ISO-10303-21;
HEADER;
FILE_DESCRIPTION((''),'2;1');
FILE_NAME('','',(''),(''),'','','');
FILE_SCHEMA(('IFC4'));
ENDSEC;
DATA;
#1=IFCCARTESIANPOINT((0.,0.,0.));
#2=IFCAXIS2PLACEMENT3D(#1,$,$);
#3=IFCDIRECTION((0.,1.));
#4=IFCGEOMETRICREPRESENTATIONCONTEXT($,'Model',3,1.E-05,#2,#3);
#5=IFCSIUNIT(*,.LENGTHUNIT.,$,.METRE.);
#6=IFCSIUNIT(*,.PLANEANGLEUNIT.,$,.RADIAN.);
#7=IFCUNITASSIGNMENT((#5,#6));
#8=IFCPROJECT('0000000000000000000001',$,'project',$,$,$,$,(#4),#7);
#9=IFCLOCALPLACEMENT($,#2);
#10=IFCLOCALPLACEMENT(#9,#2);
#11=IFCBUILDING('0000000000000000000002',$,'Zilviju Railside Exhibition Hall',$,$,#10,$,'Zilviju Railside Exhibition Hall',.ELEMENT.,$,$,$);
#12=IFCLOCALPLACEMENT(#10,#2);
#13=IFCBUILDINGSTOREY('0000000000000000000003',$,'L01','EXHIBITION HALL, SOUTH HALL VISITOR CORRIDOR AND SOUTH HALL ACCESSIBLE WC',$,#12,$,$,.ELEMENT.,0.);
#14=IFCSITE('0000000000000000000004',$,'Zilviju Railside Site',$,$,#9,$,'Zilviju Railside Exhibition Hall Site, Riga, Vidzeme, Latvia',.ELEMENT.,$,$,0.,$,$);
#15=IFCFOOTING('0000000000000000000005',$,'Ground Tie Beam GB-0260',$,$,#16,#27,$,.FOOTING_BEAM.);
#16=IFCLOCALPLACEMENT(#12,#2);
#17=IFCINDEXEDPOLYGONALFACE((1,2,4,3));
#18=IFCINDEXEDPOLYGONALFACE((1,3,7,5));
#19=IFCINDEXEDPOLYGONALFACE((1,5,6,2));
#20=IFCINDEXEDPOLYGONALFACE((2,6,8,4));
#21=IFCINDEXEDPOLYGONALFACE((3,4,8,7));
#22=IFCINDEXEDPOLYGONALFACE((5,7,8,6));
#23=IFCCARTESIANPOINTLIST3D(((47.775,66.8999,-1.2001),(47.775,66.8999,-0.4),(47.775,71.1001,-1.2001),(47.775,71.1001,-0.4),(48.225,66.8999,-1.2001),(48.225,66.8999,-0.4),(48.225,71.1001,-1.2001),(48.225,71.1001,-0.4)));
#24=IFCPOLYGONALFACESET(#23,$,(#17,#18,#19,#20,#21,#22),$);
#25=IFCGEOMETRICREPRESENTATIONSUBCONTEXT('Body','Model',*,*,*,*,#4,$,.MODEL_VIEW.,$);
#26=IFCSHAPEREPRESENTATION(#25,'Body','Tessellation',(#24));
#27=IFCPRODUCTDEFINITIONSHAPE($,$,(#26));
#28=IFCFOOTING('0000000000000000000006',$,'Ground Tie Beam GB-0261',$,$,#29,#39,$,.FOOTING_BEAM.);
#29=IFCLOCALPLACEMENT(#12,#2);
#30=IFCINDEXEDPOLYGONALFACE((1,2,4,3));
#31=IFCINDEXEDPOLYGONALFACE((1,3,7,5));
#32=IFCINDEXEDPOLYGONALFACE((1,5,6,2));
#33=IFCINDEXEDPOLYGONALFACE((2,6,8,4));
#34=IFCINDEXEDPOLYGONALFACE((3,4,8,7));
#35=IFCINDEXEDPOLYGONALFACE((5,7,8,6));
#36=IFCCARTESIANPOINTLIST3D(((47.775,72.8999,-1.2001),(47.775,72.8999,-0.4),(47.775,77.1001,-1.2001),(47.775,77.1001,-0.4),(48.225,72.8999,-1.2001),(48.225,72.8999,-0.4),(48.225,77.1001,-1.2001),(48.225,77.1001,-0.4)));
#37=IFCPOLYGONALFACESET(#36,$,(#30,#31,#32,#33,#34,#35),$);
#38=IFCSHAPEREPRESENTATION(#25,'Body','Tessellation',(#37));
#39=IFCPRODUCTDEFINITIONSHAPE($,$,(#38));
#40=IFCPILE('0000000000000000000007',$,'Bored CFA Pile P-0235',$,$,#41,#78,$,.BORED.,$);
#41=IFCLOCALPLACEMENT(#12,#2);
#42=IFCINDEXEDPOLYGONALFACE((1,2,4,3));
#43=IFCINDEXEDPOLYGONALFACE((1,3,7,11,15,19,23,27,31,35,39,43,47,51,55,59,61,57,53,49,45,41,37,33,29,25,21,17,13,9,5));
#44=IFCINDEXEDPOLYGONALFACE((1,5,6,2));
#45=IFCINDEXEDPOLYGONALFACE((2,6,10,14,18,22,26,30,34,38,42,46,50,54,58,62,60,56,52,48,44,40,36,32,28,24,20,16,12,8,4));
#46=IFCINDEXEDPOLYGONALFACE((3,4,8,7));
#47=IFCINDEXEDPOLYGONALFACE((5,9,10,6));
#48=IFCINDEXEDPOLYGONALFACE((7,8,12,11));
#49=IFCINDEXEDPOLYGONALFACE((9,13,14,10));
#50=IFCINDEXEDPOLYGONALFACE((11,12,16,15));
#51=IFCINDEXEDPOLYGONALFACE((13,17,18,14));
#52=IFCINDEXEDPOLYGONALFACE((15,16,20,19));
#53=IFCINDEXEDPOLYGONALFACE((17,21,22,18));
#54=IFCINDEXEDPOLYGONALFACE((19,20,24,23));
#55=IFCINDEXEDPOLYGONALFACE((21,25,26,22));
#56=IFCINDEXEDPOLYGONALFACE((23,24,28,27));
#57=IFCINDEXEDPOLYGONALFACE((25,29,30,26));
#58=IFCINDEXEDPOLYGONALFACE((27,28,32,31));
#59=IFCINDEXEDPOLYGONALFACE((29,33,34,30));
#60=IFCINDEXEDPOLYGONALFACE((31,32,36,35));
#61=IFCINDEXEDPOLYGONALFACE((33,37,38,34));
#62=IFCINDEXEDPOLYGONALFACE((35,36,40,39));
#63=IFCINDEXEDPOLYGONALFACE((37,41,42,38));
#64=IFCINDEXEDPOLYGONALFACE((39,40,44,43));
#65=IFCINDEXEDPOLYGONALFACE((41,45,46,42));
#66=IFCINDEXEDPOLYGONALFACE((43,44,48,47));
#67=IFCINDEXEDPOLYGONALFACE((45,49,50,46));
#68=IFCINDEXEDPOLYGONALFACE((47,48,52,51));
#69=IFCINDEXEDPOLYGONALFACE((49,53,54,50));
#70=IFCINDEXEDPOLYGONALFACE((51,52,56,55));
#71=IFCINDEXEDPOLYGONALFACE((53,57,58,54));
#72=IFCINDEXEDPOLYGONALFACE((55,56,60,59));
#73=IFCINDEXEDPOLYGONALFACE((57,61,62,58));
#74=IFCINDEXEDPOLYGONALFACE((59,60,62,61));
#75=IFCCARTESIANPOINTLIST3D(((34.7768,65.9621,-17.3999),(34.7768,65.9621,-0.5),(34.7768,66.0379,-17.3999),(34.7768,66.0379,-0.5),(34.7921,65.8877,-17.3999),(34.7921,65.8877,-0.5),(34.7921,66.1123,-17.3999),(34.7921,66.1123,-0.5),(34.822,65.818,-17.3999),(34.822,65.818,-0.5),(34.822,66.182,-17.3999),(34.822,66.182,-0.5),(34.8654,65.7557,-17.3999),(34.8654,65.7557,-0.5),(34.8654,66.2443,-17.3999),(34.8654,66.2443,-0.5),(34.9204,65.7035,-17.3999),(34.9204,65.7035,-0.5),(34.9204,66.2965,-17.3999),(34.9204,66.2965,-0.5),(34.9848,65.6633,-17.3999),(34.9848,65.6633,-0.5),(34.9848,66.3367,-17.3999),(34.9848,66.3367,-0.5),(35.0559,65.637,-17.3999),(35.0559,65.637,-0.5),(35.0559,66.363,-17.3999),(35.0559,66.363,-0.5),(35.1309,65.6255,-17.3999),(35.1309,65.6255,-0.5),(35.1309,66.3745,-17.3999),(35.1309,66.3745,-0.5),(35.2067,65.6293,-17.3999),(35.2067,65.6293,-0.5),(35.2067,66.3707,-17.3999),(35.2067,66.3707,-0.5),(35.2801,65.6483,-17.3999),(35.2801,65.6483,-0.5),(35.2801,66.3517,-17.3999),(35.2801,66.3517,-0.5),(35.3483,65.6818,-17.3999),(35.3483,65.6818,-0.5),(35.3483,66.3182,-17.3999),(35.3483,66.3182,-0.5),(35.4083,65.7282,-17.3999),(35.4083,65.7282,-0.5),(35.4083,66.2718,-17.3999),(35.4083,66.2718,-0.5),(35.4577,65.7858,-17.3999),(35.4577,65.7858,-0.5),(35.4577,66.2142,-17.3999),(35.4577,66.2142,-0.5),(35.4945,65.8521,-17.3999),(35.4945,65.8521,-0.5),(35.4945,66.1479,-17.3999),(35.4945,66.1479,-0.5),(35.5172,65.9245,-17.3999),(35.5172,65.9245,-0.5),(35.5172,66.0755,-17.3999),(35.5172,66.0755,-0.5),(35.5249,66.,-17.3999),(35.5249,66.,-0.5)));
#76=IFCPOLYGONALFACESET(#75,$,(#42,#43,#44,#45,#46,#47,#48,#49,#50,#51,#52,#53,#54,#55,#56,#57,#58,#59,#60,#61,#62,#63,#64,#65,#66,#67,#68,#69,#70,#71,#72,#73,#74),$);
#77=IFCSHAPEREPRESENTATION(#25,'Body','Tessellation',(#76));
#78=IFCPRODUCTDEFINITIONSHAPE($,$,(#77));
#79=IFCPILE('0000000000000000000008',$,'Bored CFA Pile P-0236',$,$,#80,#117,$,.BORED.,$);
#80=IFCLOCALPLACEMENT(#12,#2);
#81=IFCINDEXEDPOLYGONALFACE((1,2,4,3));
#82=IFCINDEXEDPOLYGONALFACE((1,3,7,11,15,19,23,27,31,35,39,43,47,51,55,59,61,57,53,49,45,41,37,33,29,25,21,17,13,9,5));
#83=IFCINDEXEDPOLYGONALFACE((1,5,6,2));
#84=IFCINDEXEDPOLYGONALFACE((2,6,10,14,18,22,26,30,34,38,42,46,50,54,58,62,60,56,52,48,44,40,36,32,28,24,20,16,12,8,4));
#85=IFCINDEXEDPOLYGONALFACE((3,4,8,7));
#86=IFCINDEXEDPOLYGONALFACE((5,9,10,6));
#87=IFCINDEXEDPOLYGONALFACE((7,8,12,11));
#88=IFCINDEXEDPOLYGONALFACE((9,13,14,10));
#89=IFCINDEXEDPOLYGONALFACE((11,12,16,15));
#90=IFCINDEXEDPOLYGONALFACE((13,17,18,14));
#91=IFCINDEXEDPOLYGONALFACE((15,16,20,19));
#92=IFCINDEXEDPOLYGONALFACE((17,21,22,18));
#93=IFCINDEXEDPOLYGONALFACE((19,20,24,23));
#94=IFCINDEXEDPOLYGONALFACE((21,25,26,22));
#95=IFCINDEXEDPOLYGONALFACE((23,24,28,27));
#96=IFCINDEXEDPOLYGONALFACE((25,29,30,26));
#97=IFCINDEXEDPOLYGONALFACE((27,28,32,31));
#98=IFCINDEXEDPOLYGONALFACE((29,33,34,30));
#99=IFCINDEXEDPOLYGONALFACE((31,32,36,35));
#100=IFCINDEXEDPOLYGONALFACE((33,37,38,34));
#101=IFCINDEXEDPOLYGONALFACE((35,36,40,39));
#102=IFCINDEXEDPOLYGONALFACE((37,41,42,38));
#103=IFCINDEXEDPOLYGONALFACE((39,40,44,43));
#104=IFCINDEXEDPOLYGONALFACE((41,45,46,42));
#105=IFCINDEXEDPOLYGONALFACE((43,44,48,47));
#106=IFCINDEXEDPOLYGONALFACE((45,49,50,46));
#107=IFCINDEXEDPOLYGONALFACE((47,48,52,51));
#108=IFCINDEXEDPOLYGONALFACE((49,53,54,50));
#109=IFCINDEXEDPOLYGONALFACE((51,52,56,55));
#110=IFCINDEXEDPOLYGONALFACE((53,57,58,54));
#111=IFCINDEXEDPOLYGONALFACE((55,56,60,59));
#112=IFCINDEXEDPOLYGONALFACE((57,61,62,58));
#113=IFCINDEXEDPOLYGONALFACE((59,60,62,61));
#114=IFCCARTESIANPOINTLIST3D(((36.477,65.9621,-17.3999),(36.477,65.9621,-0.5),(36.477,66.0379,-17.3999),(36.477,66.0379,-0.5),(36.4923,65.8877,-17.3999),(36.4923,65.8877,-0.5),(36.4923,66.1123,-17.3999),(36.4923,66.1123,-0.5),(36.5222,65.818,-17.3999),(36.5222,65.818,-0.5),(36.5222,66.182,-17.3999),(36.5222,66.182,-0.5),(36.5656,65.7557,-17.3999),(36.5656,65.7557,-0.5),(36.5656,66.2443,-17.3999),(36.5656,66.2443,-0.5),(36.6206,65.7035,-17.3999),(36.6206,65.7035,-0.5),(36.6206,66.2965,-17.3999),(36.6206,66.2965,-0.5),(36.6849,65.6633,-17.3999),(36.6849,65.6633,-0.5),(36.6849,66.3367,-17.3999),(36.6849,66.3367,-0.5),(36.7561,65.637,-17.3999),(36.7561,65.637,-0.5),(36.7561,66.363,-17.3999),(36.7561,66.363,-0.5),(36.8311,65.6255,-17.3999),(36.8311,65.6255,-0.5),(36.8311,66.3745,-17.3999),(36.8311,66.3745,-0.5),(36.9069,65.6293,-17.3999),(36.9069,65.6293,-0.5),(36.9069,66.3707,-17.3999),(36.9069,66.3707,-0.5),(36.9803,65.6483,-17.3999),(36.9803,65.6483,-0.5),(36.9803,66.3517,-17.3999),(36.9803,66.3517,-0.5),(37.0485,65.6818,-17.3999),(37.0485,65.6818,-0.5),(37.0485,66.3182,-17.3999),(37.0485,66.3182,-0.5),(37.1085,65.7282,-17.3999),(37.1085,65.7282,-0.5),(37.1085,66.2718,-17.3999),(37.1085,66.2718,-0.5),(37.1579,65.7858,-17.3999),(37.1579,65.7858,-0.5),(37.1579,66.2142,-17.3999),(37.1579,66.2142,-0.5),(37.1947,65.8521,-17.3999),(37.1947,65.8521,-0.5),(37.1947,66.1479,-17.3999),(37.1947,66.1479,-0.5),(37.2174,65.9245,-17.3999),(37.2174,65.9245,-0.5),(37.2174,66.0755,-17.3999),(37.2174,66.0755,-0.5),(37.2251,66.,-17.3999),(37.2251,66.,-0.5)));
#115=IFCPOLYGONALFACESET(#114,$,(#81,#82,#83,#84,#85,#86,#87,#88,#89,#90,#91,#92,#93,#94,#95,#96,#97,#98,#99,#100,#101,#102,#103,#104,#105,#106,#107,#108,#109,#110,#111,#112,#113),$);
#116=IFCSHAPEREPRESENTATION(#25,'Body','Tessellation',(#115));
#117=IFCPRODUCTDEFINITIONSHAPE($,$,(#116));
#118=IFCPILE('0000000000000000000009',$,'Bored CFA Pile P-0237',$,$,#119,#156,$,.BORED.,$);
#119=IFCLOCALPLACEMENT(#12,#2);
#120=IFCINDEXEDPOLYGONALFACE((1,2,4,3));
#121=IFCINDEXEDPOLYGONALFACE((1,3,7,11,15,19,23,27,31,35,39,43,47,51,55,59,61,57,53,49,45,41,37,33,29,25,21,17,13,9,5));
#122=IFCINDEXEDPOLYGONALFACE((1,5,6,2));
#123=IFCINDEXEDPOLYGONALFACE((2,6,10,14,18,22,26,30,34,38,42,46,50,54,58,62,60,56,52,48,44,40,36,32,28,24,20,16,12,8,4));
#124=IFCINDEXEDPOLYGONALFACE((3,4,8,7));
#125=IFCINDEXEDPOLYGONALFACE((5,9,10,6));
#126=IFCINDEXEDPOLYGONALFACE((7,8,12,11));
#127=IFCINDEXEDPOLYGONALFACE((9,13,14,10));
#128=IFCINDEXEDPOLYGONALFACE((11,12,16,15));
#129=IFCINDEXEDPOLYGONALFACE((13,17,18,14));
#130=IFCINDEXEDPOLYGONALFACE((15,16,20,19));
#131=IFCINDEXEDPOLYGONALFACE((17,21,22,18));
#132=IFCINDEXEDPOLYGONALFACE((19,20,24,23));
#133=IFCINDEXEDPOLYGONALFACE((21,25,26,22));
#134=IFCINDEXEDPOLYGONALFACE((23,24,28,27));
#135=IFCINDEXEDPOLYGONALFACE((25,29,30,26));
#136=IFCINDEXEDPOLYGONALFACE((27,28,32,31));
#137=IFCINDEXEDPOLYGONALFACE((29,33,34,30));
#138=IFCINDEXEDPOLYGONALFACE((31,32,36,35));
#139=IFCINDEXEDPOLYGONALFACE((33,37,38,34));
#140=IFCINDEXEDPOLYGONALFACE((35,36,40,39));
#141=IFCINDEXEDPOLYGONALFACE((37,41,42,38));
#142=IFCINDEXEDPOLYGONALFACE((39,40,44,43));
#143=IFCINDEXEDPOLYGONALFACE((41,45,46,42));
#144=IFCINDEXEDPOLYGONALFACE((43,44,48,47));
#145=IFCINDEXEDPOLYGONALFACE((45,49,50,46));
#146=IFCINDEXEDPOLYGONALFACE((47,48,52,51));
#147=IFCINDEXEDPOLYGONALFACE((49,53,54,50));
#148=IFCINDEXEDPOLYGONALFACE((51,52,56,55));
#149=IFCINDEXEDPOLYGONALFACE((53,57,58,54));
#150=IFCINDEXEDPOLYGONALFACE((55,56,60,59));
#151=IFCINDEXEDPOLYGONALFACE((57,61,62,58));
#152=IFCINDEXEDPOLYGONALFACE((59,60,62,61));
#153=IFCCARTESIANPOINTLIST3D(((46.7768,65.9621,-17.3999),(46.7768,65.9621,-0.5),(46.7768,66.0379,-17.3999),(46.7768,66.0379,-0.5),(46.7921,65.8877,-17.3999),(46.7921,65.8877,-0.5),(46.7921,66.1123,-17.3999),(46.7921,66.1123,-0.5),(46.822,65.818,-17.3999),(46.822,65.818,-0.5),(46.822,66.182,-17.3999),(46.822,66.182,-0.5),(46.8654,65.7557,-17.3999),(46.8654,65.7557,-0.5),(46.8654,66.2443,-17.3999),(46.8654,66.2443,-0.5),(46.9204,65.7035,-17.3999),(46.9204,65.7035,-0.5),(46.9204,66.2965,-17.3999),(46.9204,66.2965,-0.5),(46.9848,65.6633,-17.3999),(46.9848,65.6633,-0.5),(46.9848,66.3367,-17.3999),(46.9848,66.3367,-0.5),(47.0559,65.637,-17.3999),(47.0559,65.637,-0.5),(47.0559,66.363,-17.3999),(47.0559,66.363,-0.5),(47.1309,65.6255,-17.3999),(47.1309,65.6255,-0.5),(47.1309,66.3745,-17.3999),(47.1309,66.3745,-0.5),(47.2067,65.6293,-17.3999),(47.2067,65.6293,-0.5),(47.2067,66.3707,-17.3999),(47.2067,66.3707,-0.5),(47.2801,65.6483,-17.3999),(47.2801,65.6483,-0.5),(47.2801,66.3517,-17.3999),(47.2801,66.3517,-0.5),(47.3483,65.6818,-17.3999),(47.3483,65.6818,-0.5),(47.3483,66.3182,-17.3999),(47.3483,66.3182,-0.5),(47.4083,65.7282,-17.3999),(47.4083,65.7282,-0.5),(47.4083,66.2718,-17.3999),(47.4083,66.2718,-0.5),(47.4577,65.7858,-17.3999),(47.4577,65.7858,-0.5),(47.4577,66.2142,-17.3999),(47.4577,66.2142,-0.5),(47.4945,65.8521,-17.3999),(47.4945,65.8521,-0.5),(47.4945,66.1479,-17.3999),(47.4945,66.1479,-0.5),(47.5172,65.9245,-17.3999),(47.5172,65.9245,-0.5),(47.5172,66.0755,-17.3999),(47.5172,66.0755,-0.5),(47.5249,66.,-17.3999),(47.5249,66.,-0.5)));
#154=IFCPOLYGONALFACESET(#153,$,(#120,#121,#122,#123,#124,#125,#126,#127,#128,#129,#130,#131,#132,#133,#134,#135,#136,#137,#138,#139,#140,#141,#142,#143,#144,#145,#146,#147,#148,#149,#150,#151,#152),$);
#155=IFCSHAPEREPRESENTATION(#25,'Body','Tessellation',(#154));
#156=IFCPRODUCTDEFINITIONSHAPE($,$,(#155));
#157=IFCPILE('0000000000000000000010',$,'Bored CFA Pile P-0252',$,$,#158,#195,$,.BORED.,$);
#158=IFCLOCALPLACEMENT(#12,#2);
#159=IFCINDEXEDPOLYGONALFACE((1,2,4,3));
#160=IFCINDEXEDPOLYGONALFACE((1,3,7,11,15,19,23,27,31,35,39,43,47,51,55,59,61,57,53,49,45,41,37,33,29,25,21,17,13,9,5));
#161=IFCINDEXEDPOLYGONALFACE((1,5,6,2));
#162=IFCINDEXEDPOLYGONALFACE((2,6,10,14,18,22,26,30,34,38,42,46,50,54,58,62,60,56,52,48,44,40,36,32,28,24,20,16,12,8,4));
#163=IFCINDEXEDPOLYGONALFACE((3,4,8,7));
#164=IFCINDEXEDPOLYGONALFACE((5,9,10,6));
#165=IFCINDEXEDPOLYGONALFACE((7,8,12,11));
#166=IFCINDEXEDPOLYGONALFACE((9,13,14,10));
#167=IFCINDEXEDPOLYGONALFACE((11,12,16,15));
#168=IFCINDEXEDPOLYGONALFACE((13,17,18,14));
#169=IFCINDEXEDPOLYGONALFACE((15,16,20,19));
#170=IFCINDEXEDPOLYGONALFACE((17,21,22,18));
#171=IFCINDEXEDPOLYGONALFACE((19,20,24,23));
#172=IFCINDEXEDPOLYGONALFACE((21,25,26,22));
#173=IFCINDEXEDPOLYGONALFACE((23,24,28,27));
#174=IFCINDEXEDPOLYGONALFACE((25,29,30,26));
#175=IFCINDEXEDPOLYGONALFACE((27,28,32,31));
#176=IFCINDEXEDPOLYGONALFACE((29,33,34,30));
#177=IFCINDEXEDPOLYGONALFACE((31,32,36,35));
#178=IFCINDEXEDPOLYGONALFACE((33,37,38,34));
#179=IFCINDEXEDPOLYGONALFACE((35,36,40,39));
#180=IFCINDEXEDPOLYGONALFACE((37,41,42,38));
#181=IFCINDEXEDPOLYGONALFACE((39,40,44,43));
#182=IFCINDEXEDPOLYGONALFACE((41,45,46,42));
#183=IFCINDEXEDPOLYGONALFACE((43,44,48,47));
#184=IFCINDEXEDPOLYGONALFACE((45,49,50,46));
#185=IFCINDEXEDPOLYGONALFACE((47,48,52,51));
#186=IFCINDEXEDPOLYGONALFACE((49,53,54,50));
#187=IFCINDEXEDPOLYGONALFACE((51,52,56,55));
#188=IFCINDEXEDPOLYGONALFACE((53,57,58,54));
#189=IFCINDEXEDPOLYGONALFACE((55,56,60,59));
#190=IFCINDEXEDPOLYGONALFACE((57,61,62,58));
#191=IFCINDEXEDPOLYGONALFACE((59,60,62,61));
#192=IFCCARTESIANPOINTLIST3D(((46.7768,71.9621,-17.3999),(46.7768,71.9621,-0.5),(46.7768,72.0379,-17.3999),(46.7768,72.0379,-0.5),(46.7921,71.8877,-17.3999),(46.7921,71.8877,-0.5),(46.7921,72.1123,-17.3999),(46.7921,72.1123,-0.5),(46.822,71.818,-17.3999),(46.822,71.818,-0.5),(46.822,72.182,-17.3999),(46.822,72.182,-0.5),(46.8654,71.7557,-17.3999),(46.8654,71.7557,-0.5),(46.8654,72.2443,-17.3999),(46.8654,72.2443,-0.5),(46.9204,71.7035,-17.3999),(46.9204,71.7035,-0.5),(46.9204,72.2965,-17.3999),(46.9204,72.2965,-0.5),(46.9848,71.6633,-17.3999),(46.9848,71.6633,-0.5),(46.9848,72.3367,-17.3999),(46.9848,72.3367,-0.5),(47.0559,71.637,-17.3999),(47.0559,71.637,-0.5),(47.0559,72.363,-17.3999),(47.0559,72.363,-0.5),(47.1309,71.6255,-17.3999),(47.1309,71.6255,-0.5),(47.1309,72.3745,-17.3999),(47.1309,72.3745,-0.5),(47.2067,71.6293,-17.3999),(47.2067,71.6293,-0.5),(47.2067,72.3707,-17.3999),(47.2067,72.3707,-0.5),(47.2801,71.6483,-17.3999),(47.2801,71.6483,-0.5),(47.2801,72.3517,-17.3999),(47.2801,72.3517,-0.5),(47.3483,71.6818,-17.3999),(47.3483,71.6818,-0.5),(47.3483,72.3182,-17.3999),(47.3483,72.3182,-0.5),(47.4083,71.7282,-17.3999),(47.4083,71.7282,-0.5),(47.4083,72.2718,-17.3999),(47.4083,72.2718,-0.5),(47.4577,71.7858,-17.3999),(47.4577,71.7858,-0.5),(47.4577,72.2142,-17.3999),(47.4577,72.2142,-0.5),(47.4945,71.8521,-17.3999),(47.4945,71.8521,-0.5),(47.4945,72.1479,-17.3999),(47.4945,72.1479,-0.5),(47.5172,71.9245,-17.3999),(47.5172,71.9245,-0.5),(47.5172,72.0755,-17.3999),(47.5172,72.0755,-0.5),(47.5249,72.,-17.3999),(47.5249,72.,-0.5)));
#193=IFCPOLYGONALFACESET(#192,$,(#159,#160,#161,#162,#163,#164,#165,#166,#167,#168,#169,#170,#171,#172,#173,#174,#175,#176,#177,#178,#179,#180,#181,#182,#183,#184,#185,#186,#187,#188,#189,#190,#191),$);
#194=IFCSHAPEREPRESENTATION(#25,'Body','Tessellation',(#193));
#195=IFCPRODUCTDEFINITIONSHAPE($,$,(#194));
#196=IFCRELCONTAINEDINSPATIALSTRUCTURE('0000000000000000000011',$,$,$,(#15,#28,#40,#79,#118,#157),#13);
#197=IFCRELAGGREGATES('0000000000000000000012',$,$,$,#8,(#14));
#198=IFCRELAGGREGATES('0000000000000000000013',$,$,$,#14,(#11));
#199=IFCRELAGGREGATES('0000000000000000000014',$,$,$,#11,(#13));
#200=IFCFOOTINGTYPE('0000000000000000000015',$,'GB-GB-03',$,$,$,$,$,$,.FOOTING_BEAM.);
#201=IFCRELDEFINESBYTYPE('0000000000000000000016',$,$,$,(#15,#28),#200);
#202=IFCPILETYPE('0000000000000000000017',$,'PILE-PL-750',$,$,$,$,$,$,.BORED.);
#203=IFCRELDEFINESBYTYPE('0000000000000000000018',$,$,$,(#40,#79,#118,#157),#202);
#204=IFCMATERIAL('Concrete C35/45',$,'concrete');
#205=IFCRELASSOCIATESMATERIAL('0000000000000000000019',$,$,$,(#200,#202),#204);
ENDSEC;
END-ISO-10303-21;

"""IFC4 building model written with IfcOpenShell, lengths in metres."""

from ifc_helpers import new_model, si_unit, direction, frame, origin, origin_2d, place, context, subcontext, project, spatial, rectangle, circle, extrude, material, material_profile, profile_set, type_object, element, save


model = new_model("IFC4")

# Units and contexts
model_context = context("Model", 3, precision=1e-05, world=origin(), true_north=direction((0.0, 1.0)))
body_context = subcontext(model_context, "Body", "Model", "MODEL_VIEW")
ifc_project = project(units=[si_unit("LENGTHUNIT", "METRE"), si_unit("PLANEANGLEUNIT", "RADIAN")], contexts=[model_context])

# Site, building, storey
site_placement = place(None, origin())
site = spatial("IfcSite", under=ifc_project, at=site_placement, Name="Zilviju Railside Site", LongName="Zilviju Railside Exhibition Hall Site, Riga, Vidzeme, Latvia", CompositionType="ELEMENT", RefElevation=0.0)
building_placement = place(site_placement, origin())
building = spatial("IfcBuilding", under=site, at=building_placement, Name="Zilviju Railside Exhibition Hall", LongName="Zilviju Railside Exhibition Hall", CompositionType="ELEMENT")
storey_placement = place(building_placement, origin())
storey = spatial("IfcBuildingStorey", under=building, at=storey_placement, Name="L01", Description="EXHIBITION HALL, SOUTH HALL VISITOR CORRIDOR AND SOUTH HALL ACCESSIBLE WC", CompositionType="ELEMENT", Elevation=0.0)

# Footings
ifc_material_1 = material(Name="Concrete C35/45", Category="concrete")
ifc_material_profile_1 = material_profile(ifc_material_1, rectangle(XDim=0.45, YDim=0.8, at=origin_2d()), Name="TIE BEAM 450x800")
ifc_profile_set_1 = profile_set([ifc_material_profile_1], Name="Concrete C35/45")
footing_type_1 = type_object("IfcFootingType", Name="GB-GB-03", PredefinedType="FOOTING_BEAM", material=ifc_profile_set_1)
for number, where, z_axis, x_axis, name in (
    (1, (48.0, 66.8999, -0.8), (0.0, 1.0, 0.0), (-1.0, 0.0, 0.0), "Ground Tie Beam GB-0260"),
    (2, (48.0, 72.8999, -0.8), (0.0, 1.0, 0.0), (-1.0, 0.0, 0.0), "Ground Tie Beam GB-0261"),
):
    element("IfcFooting", number, at=place(storey_placement, frame(where, z_axis=z_axis, x_axis=x_axis)), inside=storey, type_object=footing_type_1, Name=name, PredefinedType="FOOTING_BEAM", context=body_context, shape_type="SweptSolid", body=[
        extrude(rectangle(XDim=0.45, YDim=0.8, at=origin_2d()), origin(), (0.0, 0.0, 1.0), 4.2002),
    ])

# Piles
ifc_material_profile_2 = material_profile(ifc_material_1, circle(Radius=0.375, at=origin_2d()), Name="CFA PILE D750")
ifc_profile_set_2 = profile_set([ifc_material_profile_2], Name="Concrete C35/45")
pile_type = type_object("IfcPileType", Name="PILE-PL-750", PredefinedType="BORED", material=ifc_profile_set_2)
for number, where, z_axis, x_axis, name in (
    (3, (35.1499, 66.0, -0.5), (0.0, 0.0, -1.0), (1.0, 0.0, 0.0), "Bored CFA Pile P-0235"),
    (4, (36.8501, 66.0, -0.5), (0.0, 0.0, -1.0), (1.0, 0.0, 0.0), "Bored CFA Pile P-0236"),
    (5, (47.1499, 66.0, -0.5), (0.0, 0.0, -1.0), (1.0, 0.0, 0.0), "Bored CFA Pile P-0237"),
    (6, (47.1499, 72.0, -0.5), (0.0, 0.0, -1.0), (1.0, 0.0, 0.0), "Bored CFA Pile P-0252"),
):
    element("IfcPile", number, at=place(storey_placement, frame(where, z_axis=z_axis, x_axis=x_axis)), inside=storey, type_object=pile_type, Name=name, PredefinedType="BORED", context=body_context, shape_type="SweptSolid", body=[
        extrude(circle(Radius=0.375, at=origin_2d()), origin(), (0.0, 0.0, 1.0), 16.8999),
    ])

save(model, "model.ifc")
